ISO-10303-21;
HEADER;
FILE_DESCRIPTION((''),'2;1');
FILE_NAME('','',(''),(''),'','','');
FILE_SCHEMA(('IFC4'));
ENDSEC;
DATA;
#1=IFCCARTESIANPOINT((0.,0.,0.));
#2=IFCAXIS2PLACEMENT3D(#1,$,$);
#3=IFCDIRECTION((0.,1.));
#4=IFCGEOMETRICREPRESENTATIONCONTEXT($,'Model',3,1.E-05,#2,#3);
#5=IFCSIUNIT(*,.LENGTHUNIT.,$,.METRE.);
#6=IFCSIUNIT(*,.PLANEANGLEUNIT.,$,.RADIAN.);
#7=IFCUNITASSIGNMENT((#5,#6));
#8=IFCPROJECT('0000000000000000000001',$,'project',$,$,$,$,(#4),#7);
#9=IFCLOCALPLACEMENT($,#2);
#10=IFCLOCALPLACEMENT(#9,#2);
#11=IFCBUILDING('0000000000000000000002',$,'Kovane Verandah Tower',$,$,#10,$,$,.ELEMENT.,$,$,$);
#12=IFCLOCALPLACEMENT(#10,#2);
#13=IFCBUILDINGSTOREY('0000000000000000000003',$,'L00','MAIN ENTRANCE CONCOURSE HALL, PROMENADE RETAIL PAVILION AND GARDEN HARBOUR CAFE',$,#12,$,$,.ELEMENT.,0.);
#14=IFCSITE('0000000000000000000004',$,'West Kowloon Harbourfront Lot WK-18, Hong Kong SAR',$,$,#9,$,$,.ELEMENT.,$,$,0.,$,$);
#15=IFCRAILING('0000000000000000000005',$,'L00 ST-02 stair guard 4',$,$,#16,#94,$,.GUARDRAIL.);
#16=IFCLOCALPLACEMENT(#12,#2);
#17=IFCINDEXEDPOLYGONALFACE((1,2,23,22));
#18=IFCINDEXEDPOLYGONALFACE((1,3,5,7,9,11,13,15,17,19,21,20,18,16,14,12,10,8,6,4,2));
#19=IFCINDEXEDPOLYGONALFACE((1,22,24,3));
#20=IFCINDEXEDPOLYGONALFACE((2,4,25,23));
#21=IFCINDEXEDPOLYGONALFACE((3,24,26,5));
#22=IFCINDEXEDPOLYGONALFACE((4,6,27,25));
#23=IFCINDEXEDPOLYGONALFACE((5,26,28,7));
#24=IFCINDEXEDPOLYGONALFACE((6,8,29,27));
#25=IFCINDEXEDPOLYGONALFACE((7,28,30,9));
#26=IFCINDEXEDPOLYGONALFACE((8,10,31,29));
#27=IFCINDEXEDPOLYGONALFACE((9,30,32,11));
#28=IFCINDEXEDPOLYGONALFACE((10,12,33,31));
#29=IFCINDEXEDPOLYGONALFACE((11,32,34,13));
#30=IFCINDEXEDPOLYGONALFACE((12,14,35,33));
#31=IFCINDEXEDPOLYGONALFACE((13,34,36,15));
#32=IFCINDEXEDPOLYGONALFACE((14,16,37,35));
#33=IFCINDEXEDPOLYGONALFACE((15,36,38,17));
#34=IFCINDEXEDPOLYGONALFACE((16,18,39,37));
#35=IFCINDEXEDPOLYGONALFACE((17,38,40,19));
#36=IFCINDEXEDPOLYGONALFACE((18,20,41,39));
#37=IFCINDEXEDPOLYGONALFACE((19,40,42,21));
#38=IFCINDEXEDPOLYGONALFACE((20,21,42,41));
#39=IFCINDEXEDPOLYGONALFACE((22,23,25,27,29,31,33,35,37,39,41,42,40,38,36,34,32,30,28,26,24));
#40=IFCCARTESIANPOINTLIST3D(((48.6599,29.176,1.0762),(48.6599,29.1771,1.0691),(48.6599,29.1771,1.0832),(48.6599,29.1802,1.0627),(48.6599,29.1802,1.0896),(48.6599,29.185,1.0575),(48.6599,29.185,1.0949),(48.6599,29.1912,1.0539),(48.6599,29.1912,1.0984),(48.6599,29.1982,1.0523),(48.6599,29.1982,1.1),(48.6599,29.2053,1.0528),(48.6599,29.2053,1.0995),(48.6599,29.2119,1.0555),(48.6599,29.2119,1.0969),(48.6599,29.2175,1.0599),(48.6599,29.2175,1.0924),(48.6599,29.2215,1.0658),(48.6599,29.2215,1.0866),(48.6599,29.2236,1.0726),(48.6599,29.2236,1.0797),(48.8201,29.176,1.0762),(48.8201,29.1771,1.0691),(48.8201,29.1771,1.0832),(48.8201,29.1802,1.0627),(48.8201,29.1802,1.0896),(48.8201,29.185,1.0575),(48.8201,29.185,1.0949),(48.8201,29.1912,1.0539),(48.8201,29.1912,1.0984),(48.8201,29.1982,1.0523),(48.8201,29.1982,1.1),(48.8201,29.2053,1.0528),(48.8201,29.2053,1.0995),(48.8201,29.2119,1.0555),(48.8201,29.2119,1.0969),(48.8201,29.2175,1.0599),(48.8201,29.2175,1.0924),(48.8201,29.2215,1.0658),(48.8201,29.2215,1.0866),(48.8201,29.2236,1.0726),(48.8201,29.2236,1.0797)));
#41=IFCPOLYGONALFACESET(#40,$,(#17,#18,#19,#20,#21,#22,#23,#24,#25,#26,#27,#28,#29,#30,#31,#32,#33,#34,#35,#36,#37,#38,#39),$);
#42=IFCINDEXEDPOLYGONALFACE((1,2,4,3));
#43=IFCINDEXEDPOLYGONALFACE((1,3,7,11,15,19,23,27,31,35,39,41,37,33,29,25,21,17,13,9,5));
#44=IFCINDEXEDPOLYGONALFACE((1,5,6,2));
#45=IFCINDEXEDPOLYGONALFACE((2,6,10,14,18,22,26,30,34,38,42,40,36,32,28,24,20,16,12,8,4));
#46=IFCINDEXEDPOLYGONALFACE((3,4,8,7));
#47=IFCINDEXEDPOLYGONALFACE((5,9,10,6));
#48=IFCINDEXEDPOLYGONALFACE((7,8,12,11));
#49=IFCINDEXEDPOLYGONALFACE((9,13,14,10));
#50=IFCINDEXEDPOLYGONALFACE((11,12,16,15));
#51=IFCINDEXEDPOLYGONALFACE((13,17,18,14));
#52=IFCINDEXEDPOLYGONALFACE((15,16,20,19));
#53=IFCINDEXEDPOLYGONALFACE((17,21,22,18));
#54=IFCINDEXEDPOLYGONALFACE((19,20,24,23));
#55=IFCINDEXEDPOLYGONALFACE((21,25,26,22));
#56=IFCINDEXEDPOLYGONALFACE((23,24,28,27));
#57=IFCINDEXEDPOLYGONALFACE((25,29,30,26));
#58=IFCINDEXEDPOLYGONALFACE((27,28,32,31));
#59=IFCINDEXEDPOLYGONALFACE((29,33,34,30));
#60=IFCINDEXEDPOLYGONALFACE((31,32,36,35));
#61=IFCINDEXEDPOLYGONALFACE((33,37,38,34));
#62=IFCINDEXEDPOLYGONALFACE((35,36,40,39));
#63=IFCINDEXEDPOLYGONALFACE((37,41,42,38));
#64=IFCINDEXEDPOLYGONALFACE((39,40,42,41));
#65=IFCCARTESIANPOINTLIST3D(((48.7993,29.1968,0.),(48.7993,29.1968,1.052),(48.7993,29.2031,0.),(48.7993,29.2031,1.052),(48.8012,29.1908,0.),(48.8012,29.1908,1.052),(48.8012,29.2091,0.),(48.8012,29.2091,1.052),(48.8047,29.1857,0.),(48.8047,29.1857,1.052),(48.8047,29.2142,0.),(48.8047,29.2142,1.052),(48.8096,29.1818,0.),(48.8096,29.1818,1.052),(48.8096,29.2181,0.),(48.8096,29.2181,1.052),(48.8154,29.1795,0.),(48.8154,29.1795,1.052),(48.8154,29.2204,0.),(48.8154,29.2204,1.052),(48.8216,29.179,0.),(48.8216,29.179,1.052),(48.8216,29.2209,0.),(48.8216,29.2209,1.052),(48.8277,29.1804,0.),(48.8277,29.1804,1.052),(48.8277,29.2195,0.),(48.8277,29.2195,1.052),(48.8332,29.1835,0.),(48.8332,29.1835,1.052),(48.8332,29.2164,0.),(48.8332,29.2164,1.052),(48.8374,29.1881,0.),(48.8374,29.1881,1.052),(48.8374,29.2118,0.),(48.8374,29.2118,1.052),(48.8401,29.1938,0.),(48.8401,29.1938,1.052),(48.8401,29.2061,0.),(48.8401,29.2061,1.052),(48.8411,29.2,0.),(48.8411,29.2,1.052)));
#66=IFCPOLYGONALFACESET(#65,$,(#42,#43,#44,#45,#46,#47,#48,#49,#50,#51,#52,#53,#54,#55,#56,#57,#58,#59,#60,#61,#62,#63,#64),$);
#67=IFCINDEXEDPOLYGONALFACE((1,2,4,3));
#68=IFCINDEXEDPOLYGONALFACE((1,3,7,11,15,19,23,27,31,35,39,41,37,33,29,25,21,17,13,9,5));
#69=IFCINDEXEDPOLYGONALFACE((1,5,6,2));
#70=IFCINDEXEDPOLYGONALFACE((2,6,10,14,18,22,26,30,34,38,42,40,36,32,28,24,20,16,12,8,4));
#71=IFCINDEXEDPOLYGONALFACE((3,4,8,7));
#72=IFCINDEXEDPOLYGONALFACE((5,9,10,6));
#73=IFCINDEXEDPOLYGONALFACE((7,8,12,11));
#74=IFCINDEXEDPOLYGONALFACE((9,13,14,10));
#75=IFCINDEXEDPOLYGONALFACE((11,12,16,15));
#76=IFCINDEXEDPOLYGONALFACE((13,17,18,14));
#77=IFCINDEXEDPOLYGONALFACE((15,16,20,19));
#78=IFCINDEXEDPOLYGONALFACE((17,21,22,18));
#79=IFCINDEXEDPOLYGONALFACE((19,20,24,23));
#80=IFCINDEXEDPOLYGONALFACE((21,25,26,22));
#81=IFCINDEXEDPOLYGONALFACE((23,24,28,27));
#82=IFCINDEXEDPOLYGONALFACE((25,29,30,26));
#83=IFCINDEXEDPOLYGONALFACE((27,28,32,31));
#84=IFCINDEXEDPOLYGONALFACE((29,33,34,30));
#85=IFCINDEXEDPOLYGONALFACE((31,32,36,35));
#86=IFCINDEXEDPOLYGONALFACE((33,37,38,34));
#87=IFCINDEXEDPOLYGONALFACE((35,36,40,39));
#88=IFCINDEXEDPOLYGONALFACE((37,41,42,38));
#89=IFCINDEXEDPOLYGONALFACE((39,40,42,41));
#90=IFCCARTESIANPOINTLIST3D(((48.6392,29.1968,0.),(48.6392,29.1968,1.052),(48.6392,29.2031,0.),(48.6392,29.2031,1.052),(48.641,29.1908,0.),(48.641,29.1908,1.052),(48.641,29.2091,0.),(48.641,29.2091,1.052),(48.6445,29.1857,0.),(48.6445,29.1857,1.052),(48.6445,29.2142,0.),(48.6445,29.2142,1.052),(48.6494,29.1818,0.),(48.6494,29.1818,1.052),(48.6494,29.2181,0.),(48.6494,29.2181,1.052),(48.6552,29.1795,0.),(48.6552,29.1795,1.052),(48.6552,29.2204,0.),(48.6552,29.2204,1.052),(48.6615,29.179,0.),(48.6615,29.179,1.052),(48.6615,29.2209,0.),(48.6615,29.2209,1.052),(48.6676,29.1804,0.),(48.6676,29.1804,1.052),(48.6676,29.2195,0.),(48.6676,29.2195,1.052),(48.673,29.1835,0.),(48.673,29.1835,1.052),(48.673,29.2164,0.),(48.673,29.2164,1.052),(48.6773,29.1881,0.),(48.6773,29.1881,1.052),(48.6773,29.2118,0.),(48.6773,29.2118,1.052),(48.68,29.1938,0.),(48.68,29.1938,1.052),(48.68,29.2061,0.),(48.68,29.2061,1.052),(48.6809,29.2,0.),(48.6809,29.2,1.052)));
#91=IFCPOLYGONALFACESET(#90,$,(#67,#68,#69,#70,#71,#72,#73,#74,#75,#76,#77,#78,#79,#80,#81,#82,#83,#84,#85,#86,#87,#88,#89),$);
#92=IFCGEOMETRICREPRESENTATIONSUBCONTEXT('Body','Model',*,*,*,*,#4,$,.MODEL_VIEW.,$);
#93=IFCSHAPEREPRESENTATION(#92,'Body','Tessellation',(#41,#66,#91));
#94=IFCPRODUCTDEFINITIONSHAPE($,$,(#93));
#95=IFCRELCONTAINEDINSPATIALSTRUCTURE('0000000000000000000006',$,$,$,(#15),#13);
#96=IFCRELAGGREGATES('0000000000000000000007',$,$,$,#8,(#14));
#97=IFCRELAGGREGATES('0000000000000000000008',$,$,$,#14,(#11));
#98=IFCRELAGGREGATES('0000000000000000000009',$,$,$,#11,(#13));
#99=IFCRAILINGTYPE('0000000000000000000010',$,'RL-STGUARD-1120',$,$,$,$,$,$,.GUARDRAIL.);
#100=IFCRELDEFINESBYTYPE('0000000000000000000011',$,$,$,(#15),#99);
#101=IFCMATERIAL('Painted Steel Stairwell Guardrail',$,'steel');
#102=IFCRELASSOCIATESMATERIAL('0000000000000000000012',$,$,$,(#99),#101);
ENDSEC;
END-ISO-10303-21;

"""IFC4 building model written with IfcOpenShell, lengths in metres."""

from ifc_helpers import new_model, si_unit, direction, frame, origin, origin_2d, place, context, subcontext, project, spatial, circle, extrude, material, type_object, element, save


model = new_model("IFC4")

# Units and contexts
model_context = context("Model", 3, precision=1e-05, world=origin(), true_north=direction((0.0, 1.0)))
body_context = subcontext(model_context, "Body", "Model", "MODEL_VIEW")
ifc_project = project(units=[si_unit("LENGTHUNIT", "METRE"), si_unit("PLANEANGLEUNIT", "RADIAN")], contexts=[model_context])

# Site, building, storey
site_placement = place(None, origin())
site = spatial("IfcSite", under=ifc_project, at=site_placement, Name="West Kowloon Harbourfront Lot WK-18, Hong Kong SAR", CompositionType="ELEMENT", RefElevation=0.0)
building_placement = place(site_placement, origin())
building = spatial("IfcBuilding", under=site, at=building_placement, Name="Kovane Verandah Tower", CompositionType="ELEMENT")
storey_placement = place(building_placement, origin())
storey = spatial("IfcBuildingStorey", under=building, at=storey_placement, Name="L00", Description="MAIN ENTRANCE CONCOURSE HALL, PROMENADE RETAIL PAVILION AND GARDEN HARBOUR CAFE", CompositionType="ELEMENT", Elevation=0.0)

# Railing
ifc_material_1 = material(Name="Painted Steel Stairwell Guardrail", Category="steel")
railing_type_1 = type_object("IfcRailingType", Name="RL-STGUARD-1120", PredefinedType="GUARDRAIL", material=ifc_material_1)
railing_1_placement = place(storey_placement, frame((48.8201, 29.2, 0.0)))
element("IfcRailing", 1, at=railing_1_placement, inside=storey, type_object=railing_type_1, Name="L00 ST-02 stair guard 4", PredefinedType="GUARDRAIL", context=body_context, shape_type="SweptSolid", body=[
    extrude(circle(Radius=0.0239, at=origin_2d()), frame((0.0, 0.0, 1.0762), z_axis=(-1.0, 0.0, 0.0), x_axis=(0.0, -1.0, 0.0)), (0.0, 0.0, 1.0), 0.1602),
    extrude(circle(Radius=0.021, at=origin_2d()), origin(), (0.0, 0.0, 1.0), 1.052),
    extrude(circle(Radius=0.021, at=origin_2d()), frame((-0.1602, 0.0, 0.0)), (0.0, 0.0, 1.0), 1.052),
])

save(model, "model.ifc")
